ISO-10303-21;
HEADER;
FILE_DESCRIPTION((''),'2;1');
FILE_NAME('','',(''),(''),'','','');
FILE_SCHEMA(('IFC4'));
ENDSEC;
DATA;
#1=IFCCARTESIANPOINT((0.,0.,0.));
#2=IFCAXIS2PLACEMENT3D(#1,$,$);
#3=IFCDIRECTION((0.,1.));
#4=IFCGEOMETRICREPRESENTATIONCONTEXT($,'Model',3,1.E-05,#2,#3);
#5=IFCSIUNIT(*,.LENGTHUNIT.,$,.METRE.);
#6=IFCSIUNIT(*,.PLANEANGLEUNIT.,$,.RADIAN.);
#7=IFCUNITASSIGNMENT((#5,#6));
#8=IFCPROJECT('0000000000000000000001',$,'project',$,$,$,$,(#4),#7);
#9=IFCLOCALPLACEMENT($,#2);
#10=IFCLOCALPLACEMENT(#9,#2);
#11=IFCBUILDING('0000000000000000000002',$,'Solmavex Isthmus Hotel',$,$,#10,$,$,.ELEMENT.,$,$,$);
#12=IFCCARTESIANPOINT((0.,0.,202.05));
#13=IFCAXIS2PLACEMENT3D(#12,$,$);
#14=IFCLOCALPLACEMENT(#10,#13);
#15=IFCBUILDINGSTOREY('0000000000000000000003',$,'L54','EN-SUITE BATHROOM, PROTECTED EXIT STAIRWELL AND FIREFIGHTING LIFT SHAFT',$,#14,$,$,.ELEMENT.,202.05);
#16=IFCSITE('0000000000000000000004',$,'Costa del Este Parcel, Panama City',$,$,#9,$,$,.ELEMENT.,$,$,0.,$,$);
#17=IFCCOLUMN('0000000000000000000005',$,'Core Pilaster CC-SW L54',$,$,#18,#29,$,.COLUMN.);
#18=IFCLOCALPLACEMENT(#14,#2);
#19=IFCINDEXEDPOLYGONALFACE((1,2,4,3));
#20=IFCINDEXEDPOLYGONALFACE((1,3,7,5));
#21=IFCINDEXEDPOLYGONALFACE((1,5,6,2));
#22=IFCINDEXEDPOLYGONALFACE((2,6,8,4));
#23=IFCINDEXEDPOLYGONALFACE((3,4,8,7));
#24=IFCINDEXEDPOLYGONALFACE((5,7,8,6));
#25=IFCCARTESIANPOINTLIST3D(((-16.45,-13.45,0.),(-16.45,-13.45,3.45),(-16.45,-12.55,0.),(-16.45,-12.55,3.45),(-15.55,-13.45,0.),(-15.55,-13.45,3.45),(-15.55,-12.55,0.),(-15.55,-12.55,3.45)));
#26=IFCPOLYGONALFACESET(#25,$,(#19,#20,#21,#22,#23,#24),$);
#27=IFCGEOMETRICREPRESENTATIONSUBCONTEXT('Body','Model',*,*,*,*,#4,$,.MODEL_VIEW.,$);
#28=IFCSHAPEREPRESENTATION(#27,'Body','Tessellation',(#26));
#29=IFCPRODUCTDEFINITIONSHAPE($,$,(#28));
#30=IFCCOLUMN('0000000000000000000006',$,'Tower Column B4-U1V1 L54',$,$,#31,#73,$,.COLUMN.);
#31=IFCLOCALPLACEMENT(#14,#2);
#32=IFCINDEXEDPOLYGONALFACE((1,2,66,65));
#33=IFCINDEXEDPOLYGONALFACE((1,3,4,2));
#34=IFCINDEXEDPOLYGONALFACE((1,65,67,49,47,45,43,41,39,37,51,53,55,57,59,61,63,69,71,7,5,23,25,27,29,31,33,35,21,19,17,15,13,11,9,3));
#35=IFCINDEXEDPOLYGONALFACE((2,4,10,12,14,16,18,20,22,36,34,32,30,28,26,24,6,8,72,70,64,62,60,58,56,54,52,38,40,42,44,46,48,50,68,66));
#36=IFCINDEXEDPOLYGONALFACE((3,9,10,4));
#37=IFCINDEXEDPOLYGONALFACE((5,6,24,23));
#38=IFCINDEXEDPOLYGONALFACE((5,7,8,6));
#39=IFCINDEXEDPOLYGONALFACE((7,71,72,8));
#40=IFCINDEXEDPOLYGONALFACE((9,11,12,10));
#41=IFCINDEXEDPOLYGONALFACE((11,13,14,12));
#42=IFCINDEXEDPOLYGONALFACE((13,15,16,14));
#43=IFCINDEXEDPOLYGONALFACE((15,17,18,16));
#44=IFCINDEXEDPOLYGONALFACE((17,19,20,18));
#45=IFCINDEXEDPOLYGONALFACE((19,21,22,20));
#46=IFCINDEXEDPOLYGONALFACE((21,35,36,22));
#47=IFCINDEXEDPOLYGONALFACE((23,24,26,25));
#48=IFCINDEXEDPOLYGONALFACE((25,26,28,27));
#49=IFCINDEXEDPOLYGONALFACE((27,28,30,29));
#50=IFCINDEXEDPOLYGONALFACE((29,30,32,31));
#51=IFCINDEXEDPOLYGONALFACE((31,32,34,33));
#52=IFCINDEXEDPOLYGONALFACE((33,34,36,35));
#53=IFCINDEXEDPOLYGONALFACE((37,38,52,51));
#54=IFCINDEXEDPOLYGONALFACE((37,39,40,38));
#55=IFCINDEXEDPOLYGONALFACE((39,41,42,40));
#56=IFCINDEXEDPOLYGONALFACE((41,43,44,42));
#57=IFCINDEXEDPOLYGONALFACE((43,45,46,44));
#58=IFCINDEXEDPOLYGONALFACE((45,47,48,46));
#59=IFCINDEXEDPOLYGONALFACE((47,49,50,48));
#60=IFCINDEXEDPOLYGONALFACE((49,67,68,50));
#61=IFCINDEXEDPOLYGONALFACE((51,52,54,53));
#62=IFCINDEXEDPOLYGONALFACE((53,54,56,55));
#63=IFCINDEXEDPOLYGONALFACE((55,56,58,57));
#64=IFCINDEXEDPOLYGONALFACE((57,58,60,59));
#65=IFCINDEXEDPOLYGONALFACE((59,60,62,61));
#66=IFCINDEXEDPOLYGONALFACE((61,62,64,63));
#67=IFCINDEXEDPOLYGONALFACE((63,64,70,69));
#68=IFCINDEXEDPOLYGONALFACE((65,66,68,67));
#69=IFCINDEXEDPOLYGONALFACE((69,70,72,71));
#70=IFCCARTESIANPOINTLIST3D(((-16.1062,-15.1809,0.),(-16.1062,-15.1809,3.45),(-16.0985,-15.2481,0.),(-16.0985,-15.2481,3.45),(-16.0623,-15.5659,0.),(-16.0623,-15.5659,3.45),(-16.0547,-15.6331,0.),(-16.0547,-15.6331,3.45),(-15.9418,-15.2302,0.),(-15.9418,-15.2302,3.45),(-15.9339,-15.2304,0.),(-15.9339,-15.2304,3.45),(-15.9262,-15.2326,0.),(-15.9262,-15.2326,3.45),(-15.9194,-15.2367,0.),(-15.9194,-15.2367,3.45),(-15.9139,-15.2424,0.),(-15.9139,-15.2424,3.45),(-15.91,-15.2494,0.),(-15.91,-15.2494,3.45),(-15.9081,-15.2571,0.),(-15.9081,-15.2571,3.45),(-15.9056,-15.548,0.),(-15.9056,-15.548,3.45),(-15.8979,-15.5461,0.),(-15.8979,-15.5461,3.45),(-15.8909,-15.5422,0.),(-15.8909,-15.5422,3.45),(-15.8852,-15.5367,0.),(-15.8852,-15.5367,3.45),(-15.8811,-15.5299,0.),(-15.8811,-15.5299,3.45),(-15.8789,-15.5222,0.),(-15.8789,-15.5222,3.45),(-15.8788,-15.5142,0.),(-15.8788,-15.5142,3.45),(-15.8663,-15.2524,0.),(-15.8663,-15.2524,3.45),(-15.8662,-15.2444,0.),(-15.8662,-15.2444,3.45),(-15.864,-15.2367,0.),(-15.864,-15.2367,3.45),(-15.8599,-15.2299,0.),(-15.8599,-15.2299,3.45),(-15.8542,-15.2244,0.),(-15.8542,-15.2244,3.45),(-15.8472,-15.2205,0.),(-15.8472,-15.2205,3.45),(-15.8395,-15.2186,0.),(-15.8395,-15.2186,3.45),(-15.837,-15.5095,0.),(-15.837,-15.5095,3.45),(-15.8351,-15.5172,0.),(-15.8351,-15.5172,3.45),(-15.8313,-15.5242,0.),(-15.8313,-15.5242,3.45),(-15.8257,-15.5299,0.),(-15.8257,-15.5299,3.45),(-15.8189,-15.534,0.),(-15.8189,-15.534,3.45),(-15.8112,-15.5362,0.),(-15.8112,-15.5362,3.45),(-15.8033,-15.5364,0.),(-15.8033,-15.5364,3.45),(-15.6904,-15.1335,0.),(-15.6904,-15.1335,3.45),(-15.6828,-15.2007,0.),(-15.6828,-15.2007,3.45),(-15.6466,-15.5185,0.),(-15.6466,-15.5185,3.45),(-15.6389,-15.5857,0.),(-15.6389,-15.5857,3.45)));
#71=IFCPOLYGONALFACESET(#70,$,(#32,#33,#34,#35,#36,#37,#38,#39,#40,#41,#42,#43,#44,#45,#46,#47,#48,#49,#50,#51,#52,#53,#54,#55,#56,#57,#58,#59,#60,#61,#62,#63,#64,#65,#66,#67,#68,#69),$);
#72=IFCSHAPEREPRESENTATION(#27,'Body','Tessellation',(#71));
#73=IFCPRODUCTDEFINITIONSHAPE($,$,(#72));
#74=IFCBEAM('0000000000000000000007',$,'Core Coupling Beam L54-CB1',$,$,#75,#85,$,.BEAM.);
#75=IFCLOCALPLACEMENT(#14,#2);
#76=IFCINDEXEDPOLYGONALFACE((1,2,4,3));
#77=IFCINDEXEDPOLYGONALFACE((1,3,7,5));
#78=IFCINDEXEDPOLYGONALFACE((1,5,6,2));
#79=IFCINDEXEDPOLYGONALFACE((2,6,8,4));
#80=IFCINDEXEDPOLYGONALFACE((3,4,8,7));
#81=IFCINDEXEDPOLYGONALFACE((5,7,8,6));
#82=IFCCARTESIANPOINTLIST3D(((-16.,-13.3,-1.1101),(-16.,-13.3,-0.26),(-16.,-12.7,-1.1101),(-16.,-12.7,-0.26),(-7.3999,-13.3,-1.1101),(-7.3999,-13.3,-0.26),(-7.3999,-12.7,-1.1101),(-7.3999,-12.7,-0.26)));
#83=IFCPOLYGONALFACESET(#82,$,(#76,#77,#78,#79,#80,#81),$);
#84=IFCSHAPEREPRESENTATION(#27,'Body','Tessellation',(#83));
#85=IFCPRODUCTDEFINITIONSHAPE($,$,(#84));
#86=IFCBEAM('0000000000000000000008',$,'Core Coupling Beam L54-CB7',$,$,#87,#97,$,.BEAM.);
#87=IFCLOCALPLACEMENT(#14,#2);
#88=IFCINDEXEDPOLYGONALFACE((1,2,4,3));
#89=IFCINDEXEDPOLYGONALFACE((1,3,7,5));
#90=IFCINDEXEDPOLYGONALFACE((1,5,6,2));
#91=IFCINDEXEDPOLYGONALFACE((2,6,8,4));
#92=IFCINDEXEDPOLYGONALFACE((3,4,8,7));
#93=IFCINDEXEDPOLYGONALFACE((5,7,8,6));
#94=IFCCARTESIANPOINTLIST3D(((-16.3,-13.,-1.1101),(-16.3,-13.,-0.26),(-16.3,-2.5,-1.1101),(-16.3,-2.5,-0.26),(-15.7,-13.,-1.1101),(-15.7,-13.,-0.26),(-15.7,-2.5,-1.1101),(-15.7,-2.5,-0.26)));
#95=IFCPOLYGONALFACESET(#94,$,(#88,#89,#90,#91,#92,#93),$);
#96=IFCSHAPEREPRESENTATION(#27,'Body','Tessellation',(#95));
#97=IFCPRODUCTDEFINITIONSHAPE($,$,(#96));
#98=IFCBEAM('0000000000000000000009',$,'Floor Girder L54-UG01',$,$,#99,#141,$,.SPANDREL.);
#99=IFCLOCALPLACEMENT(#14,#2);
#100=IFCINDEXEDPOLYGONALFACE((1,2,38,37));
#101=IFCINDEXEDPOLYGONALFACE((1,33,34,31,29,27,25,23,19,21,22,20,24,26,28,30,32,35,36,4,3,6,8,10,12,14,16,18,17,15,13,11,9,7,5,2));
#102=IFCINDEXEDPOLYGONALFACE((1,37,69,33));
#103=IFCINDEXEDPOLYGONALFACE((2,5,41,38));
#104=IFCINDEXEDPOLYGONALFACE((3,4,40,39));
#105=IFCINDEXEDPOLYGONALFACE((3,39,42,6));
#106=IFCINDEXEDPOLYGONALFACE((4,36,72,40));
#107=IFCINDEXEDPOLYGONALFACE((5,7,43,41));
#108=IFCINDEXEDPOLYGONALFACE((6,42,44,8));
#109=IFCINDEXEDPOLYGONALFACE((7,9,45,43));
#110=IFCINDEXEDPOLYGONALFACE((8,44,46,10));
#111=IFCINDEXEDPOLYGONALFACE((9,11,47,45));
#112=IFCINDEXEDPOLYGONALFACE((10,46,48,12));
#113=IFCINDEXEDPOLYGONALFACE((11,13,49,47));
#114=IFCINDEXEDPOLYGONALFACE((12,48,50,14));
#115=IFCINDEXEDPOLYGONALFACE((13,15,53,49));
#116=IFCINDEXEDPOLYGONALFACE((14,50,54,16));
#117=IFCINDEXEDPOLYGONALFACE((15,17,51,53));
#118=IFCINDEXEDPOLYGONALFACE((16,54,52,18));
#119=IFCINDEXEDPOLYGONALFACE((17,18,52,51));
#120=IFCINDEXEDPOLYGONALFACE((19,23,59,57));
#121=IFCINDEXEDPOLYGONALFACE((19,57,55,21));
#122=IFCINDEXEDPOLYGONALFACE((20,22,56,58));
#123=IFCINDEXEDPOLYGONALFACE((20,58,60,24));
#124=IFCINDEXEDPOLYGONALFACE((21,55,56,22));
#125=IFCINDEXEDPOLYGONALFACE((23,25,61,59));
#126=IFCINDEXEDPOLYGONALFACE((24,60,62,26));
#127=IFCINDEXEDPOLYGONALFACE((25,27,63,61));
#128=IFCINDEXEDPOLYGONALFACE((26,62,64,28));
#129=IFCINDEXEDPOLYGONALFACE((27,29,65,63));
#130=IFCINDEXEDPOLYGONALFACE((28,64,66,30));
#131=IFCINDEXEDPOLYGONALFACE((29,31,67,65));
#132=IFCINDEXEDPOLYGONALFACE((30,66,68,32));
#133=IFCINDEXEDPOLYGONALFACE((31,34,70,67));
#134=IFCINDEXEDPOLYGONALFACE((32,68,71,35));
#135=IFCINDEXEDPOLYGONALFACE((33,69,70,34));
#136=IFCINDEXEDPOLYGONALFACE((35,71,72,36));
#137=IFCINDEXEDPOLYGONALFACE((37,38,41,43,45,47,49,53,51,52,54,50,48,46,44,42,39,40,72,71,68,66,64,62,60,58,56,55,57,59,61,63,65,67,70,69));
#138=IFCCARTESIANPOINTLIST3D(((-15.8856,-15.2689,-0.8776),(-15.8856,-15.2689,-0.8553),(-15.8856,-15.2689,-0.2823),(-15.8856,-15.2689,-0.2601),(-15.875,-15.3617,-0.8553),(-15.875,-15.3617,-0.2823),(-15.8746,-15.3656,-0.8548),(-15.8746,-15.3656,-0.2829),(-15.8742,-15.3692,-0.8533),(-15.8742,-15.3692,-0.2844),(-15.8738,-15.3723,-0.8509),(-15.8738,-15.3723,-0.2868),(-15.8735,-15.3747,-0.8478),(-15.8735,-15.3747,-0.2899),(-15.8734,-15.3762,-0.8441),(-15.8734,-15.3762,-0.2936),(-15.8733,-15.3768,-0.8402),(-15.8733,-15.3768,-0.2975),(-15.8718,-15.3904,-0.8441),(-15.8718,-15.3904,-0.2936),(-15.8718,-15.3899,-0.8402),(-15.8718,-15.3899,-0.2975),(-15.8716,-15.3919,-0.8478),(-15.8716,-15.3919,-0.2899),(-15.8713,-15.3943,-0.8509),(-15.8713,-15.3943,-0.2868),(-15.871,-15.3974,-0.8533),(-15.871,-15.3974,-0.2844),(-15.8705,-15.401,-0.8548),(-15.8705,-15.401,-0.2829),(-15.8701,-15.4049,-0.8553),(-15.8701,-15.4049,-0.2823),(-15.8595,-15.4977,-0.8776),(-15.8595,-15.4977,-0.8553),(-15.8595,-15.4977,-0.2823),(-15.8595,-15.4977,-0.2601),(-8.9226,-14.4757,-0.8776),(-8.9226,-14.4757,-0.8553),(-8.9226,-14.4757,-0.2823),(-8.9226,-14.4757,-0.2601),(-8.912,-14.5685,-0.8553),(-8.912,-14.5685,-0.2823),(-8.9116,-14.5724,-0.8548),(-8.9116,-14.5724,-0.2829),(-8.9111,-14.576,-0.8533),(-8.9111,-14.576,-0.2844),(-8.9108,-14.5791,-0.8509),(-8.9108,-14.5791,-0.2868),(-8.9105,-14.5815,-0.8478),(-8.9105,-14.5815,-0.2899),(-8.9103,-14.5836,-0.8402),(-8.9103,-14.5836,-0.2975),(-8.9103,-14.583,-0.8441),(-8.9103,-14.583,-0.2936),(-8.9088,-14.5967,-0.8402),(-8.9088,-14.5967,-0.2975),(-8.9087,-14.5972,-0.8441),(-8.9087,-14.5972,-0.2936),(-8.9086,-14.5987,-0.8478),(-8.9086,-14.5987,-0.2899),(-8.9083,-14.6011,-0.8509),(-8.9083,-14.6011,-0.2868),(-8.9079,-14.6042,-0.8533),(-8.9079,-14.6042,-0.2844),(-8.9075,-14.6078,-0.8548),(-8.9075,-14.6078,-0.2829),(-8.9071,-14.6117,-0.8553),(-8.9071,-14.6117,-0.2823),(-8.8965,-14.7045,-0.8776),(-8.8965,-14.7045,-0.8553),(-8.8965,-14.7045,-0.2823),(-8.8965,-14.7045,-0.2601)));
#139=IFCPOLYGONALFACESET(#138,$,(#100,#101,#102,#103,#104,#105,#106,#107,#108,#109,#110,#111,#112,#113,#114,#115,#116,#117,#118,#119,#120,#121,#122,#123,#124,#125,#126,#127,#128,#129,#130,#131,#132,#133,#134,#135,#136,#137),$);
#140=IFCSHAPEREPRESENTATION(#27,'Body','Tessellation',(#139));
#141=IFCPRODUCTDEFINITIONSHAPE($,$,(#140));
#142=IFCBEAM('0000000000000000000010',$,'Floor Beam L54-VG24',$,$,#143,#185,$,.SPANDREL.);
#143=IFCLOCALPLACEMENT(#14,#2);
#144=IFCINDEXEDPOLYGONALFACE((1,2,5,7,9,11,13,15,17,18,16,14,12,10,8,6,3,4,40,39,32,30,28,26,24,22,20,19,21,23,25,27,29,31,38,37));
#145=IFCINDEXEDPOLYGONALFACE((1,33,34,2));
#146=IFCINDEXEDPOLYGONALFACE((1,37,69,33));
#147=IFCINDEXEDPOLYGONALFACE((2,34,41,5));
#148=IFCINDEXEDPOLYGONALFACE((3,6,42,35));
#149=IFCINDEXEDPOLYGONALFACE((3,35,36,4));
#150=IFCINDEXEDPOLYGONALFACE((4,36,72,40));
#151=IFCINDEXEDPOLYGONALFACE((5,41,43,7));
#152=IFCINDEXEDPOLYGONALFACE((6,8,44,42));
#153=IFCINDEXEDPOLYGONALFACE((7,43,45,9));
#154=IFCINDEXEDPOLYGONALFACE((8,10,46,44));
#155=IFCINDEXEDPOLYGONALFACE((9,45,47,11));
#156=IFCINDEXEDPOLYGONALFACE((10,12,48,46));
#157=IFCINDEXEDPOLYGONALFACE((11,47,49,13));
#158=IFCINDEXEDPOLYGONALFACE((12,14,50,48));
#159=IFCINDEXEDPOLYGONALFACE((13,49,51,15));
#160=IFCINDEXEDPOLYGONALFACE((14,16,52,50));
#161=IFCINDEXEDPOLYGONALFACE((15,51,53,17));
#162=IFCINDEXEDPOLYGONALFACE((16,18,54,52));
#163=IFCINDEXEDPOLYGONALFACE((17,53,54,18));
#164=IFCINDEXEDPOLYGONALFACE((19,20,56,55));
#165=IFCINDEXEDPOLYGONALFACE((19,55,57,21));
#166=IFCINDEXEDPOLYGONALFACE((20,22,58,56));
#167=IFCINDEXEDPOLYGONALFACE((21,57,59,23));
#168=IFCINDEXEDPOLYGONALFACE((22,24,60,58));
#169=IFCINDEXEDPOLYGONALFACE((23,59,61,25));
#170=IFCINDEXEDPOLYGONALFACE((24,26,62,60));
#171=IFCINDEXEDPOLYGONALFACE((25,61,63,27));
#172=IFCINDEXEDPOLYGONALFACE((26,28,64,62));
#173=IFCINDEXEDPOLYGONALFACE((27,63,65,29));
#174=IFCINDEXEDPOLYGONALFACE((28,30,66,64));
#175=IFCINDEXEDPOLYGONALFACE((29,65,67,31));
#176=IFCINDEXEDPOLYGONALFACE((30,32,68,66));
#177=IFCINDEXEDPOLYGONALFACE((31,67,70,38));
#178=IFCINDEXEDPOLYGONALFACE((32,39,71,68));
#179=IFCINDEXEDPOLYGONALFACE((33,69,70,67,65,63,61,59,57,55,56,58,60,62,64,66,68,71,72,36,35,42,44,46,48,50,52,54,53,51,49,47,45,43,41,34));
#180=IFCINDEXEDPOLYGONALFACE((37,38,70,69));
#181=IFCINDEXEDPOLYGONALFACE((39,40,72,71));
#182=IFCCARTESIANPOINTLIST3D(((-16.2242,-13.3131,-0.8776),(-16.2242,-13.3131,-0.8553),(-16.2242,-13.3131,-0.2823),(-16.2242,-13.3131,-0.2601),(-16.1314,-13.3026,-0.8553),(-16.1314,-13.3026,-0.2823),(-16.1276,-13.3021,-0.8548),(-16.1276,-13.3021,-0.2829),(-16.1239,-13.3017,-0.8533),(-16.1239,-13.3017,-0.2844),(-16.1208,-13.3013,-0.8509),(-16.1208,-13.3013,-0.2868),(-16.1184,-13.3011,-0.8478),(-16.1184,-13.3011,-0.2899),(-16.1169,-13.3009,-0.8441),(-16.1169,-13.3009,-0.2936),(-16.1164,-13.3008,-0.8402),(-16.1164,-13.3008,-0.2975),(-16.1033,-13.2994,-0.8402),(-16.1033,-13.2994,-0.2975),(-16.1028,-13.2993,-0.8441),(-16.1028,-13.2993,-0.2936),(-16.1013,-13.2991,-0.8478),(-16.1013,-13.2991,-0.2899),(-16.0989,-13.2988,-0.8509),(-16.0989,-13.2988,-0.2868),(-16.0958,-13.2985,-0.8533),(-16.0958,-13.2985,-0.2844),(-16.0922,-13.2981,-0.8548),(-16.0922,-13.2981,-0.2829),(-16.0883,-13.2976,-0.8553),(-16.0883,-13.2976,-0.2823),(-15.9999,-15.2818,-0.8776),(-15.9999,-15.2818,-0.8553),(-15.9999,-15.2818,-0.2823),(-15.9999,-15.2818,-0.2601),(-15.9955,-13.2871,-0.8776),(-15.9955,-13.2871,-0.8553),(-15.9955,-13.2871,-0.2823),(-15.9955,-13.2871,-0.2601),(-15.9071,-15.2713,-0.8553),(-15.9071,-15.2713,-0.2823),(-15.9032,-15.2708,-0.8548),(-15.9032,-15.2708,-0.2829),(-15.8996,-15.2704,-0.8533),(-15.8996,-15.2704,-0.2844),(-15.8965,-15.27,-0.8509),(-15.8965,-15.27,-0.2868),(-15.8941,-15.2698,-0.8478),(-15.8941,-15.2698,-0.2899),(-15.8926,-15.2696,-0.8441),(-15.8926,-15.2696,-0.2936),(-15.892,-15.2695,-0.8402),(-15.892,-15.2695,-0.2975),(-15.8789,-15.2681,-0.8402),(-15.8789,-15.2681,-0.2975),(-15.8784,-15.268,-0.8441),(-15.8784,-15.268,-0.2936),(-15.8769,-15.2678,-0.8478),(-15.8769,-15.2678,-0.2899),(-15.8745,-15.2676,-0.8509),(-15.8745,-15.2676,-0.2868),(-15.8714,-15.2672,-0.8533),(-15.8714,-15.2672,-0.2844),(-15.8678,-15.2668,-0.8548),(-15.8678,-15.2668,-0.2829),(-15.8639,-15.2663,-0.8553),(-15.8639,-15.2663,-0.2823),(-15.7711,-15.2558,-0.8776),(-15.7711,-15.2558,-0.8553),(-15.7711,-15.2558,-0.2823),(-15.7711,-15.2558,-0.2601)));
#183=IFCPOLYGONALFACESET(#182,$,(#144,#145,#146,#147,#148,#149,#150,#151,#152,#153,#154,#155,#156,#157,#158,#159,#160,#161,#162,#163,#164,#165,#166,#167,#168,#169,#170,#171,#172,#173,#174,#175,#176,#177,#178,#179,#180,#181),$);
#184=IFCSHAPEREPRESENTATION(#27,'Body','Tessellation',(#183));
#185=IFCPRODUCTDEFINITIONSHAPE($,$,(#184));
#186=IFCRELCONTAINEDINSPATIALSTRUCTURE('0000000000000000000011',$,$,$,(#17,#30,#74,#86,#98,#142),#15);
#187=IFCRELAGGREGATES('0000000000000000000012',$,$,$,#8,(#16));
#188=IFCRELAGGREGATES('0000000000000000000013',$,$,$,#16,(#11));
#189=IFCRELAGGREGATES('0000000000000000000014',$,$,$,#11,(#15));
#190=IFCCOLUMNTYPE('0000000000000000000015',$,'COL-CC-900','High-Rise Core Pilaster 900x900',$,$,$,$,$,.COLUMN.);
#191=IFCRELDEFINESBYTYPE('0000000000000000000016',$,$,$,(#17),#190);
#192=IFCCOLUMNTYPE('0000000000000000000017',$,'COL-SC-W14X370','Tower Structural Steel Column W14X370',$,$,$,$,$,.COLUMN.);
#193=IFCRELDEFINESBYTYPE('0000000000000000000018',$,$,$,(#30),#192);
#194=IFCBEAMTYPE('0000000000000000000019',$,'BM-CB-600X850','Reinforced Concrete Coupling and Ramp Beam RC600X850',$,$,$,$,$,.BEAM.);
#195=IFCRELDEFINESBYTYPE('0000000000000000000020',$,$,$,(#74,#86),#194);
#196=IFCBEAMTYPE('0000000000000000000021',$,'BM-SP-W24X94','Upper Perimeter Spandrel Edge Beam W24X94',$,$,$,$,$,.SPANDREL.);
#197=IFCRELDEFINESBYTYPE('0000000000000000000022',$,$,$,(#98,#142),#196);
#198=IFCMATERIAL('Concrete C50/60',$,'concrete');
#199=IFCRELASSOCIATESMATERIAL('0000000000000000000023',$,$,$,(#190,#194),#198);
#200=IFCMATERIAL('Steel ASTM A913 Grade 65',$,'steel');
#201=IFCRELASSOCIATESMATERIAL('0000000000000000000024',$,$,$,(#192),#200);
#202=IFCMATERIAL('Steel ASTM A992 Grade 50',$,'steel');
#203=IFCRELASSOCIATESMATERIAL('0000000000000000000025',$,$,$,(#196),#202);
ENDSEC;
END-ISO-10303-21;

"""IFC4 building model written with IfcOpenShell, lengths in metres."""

from ifc_helpers import new_model, si_unit, direction, frame, origin, origin_2d, place, context, subcontext, project, spatial, rectangle, i_section, extrude, material, material_profile, profile_set, type_object, element, save


model = new_model("IFC4")

# Units and contexts
model_context = context("Model", 3, precision=1e-05, world=origin(), true_north=direction((0.0, 1.0)))
body_context = subcontext(model_context, "Body", "Model", "MODEL_VIEW")
ifc_project = project(units=[si_unit("LENGTHUNIT", "METRE"), si_unit("PLANEANGLEUNIT", "RADIAN")], contexts=[model_context])

# Site, building, storey
site_placement = place(None, origin())
site = spatial("IfcSite", under=ifc_project, at=site_placement, Name="Costa del Este Parcel, Panama City", CompositionType="ELEMENT", RefElevation=0.0)
building_placement = place(site_placement, origin())
building = spatial("IfcBuilding", under=site, at=building_placement, Name="Solmavex Isthmus Hotel", CompositionType="ELEMENT")
storey_placement = place(building_placement, frame((0.0, 0.0, 202.05)))
storey = spatial("IfcBuildingStorey", under=building, at=storey_placement, Name="L54", Description="EN-SUITE BATHROOM, PROTECTED EXIT STAIRWELL AND FIREFIGHTING LIFT SHAFT", CompositionType="ELEMENT", Elevation=202.05)

# Columns
ifc_material_1 = material(Name="Concrete C50/60", Category="concrete")
ifc_material_profile_1 = material_profile(ifc_material_1, rectangle(XDim=0.8999, YDim=0.8999, at=origin_2d()), Name="RC900X900")
ifc_profile_set_1 = profile_set([ifc_material_profile_1], Name="Concrete C50/60")
column_type_1 = type_object("IfcColumnType", Name="COL-CC-900", Description="High-Rise Core Pilaster 900x900", PredefinedType="COLUMN", material=ifc_profile_set_1)
column_1_placement = place(storey_placement, frame((-16.0, -13.0, 0.0), z_axis=(0.0, 0.0, 1.0), x_axis=(1.0, 0.0, 0.0)))
element("IfcColumn", 1, at=column_1_placement, inside=storey, type_object=column_type_1, Name="Core Pilaster CC-SW L54", PredefinedType="COLUMN", context=body_context, shape_type="SweptSolid", body=[
    extrude(rectangle(XDim=0.8999, YDim=0.8999, at=origin_2d()), origin(), (0.0, 0.0, 1.0), 3.45),
])
ifc_material_2 = material(Name="Steel ASTM A913 Grade 65", Category="steel")
ifc_material_profile_2 = material_profile(ifc_material_2, i_section(OverallWidth=0.4185, OverallDepth=0.4551, WebThickness=0.042, FlangeThickness=0.0676, FilletRadius=0.0305, at=origin_2d()), Name="W14X370")
ifc_profile_set_2 = profile_set([ifc_material_profile_2], Name="Steel ASTM A913 Grade 65")
column_type_2 = type_object("IfcColumnType", Name="COL-SC-W14X370", Description="Tower Structural Steel Column W14X370", PredefinedType="COLUMN", material=ifc_profile_set_2)
column_2_placement = place(storey_placement, frame((-15.8726, -15.3833, 0.0), z_axis=(0.0, 0.0, 1.0), x_axis=(0.993572, 0.113203, 0.0)))
element("IfcColumn", 2, at=column_2_placement, inside=storey, type_object=column_type_2, Name="Tower Column B4-U1V1 L54", PredefinedType="COLUMN", context=body_context, shape_type="SweptSolid", body=[
    extrude(i_section(OverallWidth=0.4185, OverallDepth=0.4551, WebThickness=0.042, FlangeThickness=0.0676, FilletRadius=0.0305, at=origin_2d()), origin(), (0.0, 0.0, 1.0), 3.45),
])

# Beams
ifc_material_profile_3 = material_profile(ifc_material_1, rectangle(XDim=0.6001, YDim=0.8501, at=origin_2d()), Name="RC600X850")
ifc_profile_set_3 = profile_set([ifc_material_profile_3], Name="Concrete C50/60")
beam_type_1 = type_object("IfcBeamType", Name="BM-CB-600X850", Description="Reinforced Concrete Coupling and Ramp Beam RC600X850", PredefinedType="BEAM", material=ifc_profile_set_3)
beam_1_placement = place(storey_placement, frame((-16.0, -13.0, -0.6851), z_axis=(1.0, 0.0, 0.0), x_axis=(0.0, 1.0, 0.0)))
element("IfcBeam", 3, at=beam_1_placement, inside=storey, type_object=beam_type_1, Name="Core Coupling Beam L54-CB1", PredefinedType="BEAM", context=body_context, shape_type="SweptSolid", body=[
    extrude(rectangle(XDim=0.6001, YDim=0.8501, at=origin_2d()), origin(), (0.0, 0.0, 1.0), 8.6001),
])
beam_2_placement = place(storey_placement, frame((-16.0, -13.0, -0.6851), z_axis=(0.0, 1.0, 0.0), x_axis=(-1.0, 0.0, 0.0)))
element("IfcBeam", 4, at=beam_2_placement, inside=storey, type_object=beam_type_1, Name="Core Coupling Beam L54-CB7", PredefinedType="BEAM", context=body_context, shape_type="SweptSolid", body=[
    extrude(rectangle(XDim=0.6001, YDim=0.8501, at=origin_2d()), origin(), (0.0, 0.0, 1.0), 10.5),
])
ifc_material_3 = material(Name="Steel ASTM A992 Grade 50", Category="steel")
ifc_material_profile_4 = material_profile(ifc_material_3, i_section(OverallWidth=0.2302, OverallDepth=0.6174, WebThickness=0.0132, FlangeThickness=0.0222, FilletRadius=0.0151, at=origin_2d()), Name="W24X94")
ifc_profile_set_4 = profile_set([ifc_material_profile_4], Name="Steel ASTM A992 Grade 50")
beam_type_2 = type_object("IfcBeamType", Name="BM-SP-W24X94", Description="Upper Perimeter Spandrel Edge Beam W24X94", PredefinedType="SPANDREL", material=ifc_profile_set_4)
beam_3_placement = place(storey_placement, frame((-15.8726, -15.3833, -0.5688), z_axis=(0.993574, 0.113184, 0.0), x_axis=(-0.113184, 0.993574, 0.0)))
element("IfcBeam", 5, at=beam_3_placement, inside=storey, type_object=beam_type_2, Name="Floor Girder L54-UG01", PredefinedType="SPANDREL", context=body_context, shape_type="SweptSolid", body=[
    extrude(i_section(OverallWidth=0.2302, OverallDepth=0.6174, WebThickness=0.0132, FlangeThickness=0.0222, FilletRadius=0.0151, at=origin_2d()), origin(), (0.0, 0.0, 1.0), 7.0081),
])
beam_4_placement = place(storey_placement, frame((-15.8855, -15.2688, -0.5688), z_axis=(-0.11323, 0.993569, 0.0), x_axis=(-0.993569, -0.11323, 0.0)))
element("IfcBeam", 6, at=beam_4_placement, inside=storey, type_object=beam_type_2, Name="Floor Beam L54-VG24", PredefinedType="SPANDREL", context=body_context, shape_type="SweptSolid", body=[
    extrude(i_section(OverallWidth=0.2302, OverallDepth=0.6174, WebThickness=0.0132, FlangeThickness=0.0222, FilletRadius=0.0151, at=origin_2d()), origin(), (0.0, 0.0, 1.0), 1.9814),
])

save(model, "model.ifc")
